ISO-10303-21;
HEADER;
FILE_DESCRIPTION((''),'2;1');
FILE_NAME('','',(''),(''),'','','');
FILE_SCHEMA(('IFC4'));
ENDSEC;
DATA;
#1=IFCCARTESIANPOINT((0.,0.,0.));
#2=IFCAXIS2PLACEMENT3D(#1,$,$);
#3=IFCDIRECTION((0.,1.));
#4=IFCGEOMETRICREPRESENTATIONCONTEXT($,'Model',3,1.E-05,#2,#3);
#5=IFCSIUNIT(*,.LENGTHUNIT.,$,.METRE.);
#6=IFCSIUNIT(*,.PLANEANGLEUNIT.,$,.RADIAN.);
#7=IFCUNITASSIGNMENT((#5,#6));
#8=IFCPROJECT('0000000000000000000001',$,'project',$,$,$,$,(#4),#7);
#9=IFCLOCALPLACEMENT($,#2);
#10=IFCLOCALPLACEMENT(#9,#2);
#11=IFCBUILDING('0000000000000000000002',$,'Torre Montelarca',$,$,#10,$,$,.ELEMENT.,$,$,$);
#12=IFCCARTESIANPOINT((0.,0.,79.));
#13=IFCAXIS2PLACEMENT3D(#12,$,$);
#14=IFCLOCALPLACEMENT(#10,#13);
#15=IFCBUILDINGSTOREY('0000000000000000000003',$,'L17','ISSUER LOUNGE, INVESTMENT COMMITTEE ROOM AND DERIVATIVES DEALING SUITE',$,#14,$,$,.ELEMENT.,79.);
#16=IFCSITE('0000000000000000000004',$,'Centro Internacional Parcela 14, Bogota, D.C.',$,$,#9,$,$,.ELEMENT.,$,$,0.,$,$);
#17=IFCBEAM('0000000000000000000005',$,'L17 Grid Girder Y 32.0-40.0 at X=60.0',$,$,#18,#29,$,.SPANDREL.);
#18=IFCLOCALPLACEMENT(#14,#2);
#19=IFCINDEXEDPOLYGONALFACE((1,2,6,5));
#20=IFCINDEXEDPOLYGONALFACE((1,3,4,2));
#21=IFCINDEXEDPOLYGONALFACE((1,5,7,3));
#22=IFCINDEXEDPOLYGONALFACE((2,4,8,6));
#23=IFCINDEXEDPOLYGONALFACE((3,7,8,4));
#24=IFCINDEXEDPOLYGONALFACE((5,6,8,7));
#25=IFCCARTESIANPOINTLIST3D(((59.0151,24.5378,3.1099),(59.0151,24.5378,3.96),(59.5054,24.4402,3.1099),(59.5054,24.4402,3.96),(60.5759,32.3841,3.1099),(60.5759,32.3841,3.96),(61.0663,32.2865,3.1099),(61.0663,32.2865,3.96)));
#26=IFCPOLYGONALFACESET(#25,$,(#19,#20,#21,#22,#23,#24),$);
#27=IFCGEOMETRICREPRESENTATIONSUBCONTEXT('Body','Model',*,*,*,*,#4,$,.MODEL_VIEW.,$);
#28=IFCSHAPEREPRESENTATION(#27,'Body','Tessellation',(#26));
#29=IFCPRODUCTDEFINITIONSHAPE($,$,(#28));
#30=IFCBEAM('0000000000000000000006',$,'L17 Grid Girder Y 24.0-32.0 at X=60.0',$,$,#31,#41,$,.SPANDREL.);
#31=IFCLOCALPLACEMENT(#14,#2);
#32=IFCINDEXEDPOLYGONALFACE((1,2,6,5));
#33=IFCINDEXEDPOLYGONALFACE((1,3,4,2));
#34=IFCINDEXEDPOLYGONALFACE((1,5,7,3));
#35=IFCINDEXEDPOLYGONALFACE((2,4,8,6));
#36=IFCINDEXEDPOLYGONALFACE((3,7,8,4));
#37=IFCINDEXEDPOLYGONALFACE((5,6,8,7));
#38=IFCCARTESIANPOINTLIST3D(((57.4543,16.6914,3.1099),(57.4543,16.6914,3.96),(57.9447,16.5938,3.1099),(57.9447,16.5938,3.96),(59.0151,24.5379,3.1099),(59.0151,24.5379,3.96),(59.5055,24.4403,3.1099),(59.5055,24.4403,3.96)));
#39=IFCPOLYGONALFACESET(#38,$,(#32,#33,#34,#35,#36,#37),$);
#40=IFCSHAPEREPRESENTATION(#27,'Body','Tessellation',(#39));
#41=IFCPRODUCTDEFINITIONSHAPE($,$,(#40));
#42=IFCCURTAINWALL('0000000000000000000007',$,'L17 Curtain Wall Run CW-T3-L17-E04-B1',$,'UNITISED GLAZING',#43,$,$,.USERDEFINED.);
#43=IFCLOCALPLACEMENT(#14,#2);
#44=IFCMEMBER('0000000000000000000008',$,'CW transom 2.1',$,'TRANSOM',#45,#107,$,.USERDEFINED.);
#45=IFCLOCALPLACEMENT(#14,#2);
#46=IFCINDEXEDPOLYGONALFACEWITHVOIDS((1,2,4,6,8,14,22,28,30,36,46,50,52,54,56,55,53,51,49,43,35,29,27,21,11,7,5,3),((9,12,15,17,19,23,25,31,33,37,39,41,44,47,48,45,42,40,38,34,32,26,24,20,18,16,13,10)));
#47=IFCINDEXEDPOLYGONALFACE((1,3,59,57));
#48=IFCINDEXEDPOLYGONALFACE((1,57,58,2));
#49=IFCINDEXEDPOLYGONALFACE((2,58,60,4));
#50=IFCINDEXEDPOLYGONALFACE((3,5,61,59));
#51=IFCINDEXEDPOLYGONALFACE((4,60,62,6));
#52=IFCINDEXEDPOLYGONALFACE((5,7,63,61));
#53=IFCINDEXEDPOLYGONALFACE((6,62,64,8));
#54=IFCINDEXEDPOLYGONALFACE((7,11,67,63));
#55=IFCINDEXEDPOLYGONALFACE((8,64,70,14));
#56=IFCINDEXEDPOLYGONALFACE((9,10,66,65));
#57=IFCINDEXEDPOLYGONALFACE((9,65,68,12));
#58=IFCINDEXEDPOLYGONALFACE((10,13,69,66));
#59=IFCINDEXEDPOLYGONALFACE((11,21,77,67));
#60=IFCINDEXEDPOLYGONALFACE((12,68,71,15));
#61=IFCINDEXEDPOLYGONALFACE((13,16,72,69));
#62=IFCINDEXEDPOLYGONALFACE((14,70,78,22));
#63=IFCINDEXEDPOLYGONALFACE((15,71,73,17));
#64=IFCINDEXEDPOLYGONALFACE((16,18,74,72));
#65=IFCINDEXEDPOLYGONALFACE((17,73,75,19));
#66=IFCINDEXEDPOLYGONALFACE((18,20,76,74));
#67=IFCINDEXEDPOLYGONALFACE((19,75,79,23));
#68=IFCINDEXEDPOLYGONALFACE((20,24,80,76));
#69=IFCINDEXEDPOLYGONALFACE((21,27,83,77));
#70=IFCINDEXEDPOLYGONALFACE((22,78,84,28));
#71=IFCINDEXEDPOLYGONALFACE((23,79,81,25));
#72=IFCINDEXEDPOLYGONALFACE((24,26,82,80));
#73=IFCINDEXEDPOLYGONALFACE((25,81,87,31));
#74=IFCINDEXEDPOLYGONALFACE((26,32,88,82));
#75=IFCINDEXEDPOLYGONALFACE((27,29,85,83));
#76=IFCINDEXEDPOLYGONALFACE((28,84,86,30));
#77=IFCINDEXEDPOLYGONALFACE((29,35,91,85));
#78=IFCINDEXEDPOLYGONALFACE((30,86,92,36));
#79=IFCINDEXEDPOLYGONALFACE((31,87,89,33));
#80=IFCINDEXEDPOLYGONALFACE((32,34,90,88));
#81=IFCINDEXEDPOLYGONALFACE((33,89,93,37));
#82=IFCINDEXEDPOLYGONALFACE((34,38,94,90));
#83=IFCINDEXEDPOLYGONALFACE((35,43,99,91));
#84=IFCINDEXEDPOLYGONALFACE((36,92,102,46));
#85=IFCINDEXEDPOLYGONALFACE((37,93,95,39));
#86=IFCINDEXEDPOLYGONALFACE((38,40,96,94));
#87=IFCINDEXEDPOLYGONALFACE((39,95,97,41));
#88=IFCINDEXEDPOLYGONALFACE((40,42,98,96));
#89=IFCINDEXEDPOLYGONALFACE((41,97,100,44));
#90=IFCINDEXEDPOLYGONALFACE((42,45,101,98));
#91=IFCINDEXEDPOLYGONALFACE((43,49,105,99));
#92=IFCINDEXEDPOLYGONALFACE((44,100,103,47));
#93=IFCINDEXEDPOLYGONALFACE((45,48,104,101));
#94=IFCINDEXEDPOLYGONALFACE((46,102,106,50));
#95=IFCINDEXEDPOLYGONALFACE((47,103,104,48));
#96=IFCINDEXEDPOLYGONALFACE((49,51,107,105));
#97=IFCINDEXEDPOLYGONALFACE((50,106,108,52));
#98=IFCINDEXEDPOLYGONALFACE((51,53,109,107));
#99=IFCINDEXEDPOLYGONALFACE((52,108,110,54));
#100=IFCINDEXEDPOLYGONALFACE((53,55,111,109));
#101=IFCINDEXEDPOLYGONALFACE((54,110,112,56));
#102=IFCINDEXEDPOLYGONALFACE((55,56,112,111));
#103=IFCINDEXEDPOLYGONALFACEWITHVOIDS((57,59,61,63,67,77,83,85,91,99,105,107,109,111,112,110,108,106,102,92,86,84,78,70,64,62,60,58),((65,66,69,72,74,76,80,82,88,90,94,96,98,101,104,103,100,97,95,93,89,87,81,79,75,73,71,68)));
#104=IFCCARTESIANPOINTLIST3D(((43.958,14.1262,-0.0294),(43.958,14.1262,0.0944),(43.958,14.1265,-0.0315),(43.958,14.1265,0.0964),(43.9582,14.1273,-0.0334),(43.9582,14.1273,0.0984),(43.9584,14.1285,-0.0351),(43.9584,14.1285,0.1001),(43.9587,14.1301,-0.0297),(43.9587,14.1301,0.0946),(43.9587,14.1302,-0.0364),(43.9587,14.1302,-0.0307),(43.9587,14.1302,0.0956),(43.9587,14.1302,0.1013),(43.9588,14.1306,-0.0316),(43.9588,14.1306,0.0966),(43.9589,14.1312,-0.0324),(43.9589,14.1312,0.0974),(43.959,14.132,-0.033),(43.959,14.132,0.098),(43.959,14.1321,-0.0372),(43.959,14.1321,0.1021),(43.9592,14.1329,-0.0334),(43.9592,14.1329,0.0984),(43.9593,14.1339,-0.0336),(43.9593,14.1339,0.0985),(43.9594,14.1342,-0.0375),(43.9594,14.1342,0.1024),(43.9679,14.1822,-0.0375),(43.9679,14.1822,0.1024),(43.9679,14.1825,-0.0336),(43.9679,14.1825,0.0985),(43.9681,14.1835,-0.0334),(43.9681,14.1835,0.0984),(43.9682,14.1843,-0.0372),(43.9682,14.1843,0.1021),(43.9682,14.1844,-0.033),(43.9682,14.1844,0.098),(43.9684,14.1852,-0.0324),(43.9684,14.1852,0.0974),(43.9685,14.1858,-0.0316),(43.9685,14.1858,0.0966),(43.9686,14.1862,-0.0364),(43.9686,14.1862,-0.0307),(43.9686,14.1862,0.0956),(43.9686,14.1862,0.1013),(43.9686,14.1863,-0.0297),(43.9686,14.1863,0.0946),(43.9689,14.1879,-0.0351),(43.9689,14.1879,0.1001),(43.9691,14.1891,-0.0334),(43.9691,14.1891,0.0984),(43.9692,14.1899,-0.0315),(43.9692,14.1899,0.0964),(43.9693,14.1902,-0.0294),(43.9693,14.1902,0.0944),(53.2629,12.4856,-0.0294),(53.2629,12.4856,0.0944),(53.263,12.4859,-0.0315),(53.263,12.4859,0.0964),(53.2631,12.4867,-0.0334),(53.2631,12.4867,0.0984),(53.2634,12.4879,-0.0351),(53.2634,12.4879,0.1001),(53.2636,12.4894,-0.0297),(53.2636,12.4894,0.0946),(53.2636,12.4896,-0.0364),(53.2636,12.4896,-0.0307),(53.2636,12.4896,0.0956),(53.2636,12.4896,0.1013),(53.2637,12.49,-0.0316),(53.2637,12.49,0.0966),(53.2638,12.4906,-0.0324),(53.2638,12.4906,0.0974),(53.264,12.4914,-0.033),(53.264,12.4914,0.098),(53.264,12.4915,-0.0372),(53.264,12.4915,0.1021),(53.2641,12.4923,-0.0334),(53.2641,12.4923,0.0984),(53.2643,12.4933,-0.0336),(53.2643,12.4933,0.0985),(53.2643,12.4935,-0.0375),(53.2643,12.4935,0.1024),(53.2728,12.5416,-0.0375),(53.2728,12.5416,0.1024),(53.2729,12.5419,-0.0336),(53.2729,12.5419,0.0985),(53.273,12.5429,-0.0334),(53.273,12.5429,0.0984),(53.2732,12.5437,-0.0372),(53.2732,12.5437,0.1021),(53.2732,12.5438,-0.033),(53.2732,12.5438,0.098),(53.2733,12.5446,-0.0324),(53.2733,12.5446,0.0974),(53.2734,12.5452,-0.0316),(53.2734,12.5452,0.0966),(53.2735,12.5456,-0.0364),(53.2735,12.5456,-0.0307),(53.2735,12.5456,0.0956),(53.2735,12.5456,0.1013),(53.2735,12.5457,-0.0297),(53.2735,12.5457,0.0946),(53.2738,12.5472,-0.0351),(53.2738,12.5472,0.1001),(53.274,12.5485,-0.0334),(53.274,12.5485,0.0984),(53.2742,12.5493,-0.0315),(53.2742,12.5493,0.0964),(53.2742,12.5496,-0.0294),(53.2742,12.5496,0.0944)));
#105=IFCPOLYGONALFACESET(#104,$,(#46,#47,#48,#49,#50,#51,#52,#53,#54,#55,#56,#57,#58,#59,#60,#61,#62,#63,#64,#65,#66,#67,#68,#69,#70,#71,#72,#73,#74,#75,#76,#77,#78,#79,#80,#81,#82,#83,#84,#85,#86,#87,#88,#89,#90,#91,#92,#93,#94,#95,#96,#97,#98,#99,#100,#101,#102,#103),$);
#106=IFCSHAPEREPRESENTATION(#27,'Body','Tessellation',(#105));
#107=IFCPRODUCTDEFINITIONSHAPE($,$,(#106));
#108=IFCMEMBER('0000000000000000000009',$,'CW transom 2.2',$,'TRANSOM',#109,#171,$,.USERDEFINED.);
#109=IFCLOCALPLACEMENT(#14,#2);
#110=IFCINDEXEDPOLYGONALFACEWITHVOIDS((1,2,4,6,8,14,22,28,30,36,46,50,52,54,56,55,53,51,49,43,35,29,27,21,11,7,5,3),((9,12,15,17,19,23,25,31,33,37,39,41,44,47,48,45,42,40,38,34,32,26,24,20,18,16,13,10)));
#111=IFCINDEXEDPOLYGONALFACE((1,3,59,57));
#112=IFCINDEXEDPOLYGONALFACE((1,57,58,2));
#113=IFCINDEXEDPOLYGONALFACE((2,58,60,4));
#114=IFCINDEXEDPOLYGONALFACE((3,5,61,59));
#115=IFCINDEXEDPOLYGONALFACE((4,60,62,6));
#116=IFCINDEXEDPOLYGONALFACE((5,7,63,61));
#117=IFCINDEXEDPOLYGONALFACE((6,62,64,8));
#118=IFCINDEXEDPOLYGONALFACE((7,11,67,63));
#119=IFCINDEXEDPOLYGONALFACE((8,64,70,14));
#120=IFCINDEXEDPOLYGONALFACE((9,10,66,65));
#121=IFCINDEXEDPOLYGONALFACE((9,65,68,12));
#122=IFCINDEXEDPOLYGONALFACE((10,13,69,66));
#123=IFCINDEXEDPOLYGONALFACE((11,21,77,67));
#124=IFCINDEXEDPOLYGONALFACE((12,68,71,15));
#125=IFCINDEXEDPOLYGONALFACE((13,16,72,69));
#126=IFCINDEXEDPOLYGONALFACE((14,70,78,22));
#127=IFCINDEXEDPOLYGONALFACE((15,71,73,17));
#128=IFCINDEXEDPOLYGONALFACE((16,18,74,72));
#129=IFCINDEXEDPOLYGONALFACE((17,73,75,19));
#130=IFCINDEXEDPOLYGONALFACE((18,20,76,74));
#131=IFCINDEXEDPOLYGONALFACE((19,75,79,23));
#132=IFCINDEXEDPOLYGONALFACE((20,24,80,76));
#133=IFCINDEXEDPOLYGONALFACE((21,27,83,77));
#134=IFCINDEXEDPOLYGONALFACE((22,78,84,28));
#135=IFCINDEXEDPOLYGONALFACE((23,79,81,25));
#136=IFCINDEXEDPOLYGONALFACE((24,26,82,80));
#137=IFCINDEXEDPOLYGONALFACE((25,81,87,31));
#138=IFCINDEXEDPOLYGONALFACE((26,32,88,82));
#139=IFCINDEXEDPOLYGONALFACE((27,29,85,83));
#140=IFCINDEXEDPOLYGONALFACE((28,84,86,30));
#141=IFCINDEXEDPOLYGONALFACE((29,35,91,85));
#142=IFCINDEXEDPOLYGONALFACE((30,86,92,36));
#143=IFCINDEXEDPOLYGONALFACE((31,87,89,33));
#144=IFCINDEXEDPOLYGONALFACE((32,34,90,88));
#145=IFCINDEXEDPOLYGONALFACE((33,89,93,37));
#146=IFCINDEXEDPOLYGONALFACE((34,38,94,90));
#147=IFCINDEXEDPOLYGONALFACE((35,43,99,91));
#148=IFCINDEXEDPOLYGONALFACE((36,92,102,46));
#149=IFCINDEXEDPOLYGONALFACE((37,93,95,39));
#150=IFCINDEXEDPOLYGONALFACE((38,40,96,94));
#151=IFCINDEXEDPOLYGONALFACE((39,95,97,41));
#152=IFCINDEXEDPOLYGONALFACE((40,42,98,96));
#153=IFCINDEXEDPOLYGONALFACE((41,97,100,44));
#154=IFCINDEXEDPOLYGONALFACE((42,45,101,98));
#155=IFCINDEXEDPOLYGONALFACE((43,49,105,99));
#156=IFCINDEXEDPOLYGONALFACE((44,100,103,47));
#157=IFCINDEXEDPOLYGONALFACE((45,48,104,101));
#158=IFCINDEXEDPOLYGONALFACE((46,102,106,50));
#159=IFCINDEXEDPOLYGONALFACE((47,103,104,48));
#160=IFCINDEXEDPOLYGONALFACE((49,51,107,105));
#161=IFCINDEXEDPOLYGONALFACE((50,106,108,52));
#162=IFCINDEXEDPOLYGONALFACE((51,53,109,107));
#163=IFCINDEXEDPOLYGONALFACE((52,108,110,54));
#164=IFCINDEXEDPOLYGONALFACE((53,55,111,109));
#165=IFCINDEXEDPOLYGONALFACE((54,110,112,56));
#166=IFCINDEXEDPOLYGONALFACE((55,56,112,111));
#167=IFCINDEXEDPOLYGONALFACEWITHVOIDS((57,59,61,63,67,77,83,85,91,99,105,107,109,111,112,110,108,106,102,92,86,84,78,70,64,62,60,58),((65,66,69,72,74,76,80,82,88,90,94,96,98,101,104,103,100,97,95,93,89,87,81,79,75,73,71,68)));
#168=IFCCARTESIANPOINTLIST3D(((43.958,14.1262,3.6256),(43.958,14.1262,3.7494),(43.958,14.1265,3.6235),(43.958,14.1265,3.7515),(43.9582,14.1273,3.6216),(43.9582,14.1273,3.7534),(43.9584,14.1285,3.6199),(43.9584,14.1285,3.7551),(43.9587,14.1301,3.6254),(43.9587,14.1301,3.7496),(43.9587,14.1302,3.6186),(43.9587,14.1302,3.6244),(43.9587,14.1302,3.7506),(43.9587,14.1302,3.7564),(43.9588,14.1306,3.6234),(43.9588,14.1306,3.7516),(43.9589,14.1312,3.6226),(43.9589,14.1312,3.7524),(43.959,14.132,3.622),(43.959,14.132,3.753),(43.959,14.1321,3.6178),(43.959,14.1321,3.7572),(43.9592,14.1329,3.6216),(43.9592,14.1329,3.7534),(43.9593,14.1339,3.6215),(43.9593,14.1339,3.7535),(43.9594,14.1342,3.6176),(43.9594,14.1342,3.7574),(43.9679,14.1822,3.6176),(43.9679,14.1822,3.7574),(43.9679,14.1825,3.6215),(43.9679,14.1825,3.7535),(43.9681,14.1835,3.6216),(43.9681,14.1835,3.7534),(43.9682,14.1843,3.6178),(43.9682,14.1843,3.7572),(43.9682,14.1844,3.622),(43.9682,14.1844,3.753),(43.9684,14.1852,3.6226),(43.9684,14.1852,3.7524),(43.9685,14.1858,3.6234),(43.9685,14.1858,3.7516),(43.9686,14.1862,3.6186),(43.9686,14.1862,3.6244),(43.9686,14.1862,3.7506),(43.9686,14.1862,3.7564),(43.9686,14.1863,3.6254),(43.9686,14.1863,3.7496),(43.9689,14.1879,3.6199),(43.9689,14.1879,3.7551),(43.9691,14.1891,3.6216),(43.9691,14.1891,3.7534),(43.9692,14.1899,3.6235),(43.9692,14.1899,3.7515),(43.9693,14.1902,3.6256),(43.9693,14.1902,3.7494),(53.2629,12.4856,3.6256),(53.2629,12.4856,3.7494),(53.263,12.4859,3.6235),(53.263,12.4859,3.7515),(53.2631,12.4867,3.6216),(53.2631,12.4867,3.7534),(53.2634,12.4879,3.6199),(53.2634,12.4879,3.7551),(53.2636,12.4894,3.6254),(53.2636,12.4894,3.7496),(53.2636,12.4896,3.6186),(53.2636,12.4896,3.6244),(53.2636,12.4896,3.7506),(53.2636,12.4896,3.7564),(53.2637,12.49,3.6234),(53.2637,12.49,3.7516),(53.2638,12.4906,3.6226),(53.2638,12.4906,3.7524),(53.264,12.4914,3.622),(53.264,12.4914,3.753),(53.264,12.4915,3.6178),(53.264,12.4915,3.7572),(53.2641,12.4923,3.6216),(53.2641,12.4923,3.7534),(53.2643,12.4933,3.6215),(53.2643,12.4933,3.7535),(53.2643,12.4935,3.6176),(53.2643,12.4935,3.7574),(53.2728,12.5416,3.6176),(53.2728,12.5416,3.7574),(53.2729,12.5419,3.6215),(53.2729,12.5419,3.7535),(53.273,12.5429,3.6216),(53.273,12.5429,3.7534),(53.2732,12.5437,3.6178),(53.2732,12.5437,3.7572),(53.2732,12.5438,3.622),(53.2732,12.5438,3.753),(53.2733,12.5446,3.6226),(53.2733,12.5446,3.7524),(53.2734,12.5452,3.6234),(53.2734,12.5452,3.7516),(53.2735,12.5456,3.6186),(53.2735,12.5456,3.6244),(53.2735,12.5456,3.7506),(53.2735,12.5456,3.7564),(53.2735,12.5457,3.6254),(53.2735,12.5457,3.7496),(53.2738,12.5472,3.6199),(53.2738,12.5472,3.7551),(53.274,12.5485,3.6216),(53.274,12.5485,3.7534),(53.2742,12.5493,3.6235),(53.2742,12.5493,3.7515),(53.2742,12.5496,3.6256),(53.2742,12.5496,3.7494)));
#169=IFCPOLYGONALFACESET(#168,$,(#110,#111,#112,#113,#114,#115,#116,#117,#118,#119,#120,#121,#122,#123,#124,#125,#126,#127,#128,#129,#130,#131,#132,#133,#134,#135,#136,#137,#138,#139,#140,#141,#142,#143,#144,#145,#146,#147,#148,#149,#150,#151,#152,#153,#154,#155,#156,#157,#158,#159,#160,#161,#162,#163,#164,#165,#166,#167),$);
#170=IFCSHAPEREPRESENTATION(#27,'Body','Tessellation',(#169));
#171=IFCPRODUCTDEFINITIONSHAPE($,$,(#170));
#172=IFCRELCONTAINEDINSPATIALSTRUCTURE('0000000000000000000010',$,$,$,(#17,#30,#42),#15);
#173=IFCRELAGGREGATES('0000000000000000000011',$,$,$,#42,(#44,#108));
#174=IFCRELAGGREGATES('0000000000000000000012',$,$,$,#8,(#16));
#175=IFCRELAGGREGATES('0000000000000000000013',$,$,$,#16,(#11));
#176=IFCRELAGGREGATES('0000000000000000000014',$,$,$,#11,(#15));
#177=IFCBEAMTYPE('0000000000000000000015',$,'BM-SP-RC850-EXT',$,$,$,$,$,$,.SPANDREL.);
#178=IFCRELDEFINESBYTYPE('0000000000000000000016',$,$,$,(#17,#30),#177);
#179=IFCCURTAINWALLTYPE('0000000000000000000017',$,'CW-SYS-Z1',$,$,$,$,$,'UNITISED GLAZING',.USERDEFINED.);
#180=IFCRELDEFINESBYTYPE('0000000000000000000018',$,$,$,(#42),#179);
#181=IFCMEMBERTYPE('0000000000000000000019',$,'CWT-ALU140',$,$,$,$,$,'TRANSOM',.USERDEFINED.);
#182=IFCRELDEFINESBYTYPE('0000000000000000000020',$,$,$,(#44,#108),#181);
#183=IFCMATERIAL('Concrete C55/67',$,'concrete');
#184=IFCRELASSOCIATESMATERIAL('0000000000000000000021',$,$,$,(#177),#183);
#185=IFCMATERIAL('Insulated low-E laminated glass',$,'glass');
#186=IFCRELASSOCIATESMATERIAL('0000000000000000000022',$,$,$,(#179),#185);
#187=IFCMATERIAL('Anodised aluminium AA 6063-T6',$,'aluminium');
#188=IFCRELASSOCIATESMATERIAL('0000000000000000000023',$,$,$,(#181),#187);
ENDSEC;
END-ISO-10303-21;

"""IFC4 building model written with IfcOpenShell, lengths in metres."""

from ifc_helpers import new_model, si_unit, direction, frame, origin, origin_2d, place, context, subcontext, project, spatial, rectangle, hollow_rectangle, extrude, source, transform, mapped, material, material_profile, profile_set, type_object, element, aggregate, save


model = new_model("IFC4")

# Units and contexts
model_context = context("Model", 3, precision=1e-05, world=origin(), true_north=direction((0.0, 1.0)))
body_context = subcontext(model_context, "Body", "Model", "MODEL_VIEW")
ifc_project = project(units=[si_unit("LENGTHUNIT", "METRE"), si_unit("PLANEANGLEUNIT", "RADIAN")], contexts=[model_context])

# Site, building, storey
site_placement = place(None, origin())
site = spatial("IfcSite", under=ifc_project, at=site_placement, Name="Centro Internacional Parcela 14, Bogota, D.C.", CompositionType="ELEMENT", RefElevation=0.0)
building_placement = place(site_placement, origin())
building = spatial("IfcBuilding", under=site, at=building_placement, Name="Torre Montelarca", CompositionType="ELEMENT")
storey_placement = place(building_placement, frame((0.0, 0.0, 79.0)))
storey = spatial("IfcBuildingStorey", under=building, at=storey_placement, Name="L17", Description="ISSUER LOUNGE, INVESTMENT COMMITTEE ROOM AND DERIVATIVES DEALING SUITE", CompositionType="ELEMENT", Elevation=79.0)

# Beams
ifc_material_1 = material(Name="Concrete C55/67", Category="concrete")
ifc_material_profile_1 = material_profile(ifc_material_1, rectangle(XDim=0.5, YDim=0.8501, at=origin_2d()), Name="RCB500X850", Category="concrete")
ifc_profile_set_1 = profile_set([ifc_material_profile_1], Name="Concrete C55/67")
beam_type = type_object("IfcBeamType", Name="BM-SP-RC850-EXT", PredefinedType="SPANDREL", material=ifc_profile_set_1)
shared_shape_1 = source(origin(), body_context, "Body", "SweptSolid", [
    extrude(rectangle(XDim=0.5, YDim=0.8501, at=origin_2d()), origin(), (0.0, 0.0, 1.0), 8.0),
])
beam_1_placement = place(storey_placement, frame((59.2603, 24.489, 3.5349), z_axis=(0.195101, 0.980783, 0.0), x_axis=(-0.980783, 0.195101, 0.0)))
element("IfcBeam", 1, at=beam_1_placement, inside=storey, type_object=beam_type, Name="L17 Grid Girder Y 32.0-40.0 at X=60.0", PredefinedType="SPANDREL", context=body_context, shape_type="MappedRepresentation", body=[
    mapped(shared_shape_1, transform((0.0, 0.0, 0.0), scale=1.0)),
])
shared_shape_2 = source(origin(), body_context, "Body", "SweptSolid", [
    extrude(rectangle(XDim=0.5, YDim=0.8501, at=origin_2d()), origin(), (0.0, 0.0, 1.0), 8.0002),
])
beam_2_placement = place(storey_placement, frame((57.6995, 16.6426, 3.5349), z_axis=(0.195095, 0.980784, 0.0), x_axis=(-0.980784, 0.195095, 0.0)))
element("IfcBeam", 2, at=beam_2_placement, inside=storey, type_object=beam_type, Name="L17 Grid Girder Y 24.0-32.0 at X=60.0", PredefinedType="SPANDREL", context=body_context, shape_type="MappedRepresentation", body=[
    mapped(shared_shape_2, transform((0.0, 0.0, 0.0), scale=1.0)),
])

# Curtain wall, members
ifc_material_2 = material(Name="Insulated low-E laminated glass", Category="glass")
curtain_wall_type = type_object("IfcCurtainWallType", Name="CW-SYS-Z1", ElementType="UNITISED GLAZING", PredefinedType="USERDEFINED", material=ifc_material_2)
curtain_wall_1_placement = place(storey_placement, origin())
curtain_wall_1 = element("IfcCurtainWall", 3, at=curtain_wall_1_placement, inside=storey, type_object=curtain_wall_type, Name="L17 Curtain Wall Run CW-T3-L17-E04-B1", ObjectType="UNITISED GLAZING", PredefinedType="USERDEFINED")
ifc_material_3 = material(Name="Anodised aluminium AA 6063-T6", Category="aluminium")
ifc_material_profile_2 = material_profile(ifc_material_3, hollow_rectangle(XDim=0.0649, YDim=0.1399, WallThickness=0.0039, InnerFilletRadius=0.0039, OuterFilletRadius=0.0081, at=origin_2d()), Name="ALU65X140X4", Category="aluminium")
ifc_profile_set_2 = profile_set([ifc_material_profile_2], Name="Anodised aluminium AA 6063-T6")
member_type_1 = type_object("IfcMemberType", Name="CWT-ALU140", ElementType="TRANSOM", PredefinedType="USERDEFINED", material=ifc_profile_set_2)
shared_shape_3 = source(origin(), body_context, "Body", "SweptSolid", [
    extrude(hollow_rectangle(XDim=0.0649, YDim=0.1399, WallThickness=0.0039, InnerFilletRadius=0.0039, OuterFilletRadius=0.0081, at=origin_2d()), origin(), (0.0, 0.0, 1.0), 9.4485),
])
member_1_placement = place(storey_placement, frame((43.9636, 14.1582, 0.0325), z_axis=(0.984809, -0.173639, 0.0), x_axis=(0.173639, 0.984809, 0.0)))
member_1 = element("IfcMember", 4, at=member_1_placement, type_object=member_type_1, Name="CW transom 2.1", ObjectType="TRANSOM", PredefinedType="USERDEFINED", context=body_context, shape_type="MappedRepresentation", body=[
    mapped(shared_shape_3, transform((0.0, 0.0, 0.0), scale=1.0)),
])
member_2_placement = place(storey_placement, frame((43.9636, 14.1582, 3.6875), z_axis=(0.984809, -0.173639, 0.0), x_axis=(0.173639, 0.984809, 0.0)))
member_2 = element("IfcMember", 5, at=member_2_placement, type_object=member_type_1, Name="CW transom 2.2", ObjectType="TRANSOM", PredefinedType="USERDEFINED", context=body_context, shape_type="MappedRepresentation", body=[
    mapped(shared_shape_3, transform((0.0, 0.0, 0.0), scale=1.0)),
])

aggregate(curtain_wall_1, [member_1, member_2])

save(model, "model.ifc")
